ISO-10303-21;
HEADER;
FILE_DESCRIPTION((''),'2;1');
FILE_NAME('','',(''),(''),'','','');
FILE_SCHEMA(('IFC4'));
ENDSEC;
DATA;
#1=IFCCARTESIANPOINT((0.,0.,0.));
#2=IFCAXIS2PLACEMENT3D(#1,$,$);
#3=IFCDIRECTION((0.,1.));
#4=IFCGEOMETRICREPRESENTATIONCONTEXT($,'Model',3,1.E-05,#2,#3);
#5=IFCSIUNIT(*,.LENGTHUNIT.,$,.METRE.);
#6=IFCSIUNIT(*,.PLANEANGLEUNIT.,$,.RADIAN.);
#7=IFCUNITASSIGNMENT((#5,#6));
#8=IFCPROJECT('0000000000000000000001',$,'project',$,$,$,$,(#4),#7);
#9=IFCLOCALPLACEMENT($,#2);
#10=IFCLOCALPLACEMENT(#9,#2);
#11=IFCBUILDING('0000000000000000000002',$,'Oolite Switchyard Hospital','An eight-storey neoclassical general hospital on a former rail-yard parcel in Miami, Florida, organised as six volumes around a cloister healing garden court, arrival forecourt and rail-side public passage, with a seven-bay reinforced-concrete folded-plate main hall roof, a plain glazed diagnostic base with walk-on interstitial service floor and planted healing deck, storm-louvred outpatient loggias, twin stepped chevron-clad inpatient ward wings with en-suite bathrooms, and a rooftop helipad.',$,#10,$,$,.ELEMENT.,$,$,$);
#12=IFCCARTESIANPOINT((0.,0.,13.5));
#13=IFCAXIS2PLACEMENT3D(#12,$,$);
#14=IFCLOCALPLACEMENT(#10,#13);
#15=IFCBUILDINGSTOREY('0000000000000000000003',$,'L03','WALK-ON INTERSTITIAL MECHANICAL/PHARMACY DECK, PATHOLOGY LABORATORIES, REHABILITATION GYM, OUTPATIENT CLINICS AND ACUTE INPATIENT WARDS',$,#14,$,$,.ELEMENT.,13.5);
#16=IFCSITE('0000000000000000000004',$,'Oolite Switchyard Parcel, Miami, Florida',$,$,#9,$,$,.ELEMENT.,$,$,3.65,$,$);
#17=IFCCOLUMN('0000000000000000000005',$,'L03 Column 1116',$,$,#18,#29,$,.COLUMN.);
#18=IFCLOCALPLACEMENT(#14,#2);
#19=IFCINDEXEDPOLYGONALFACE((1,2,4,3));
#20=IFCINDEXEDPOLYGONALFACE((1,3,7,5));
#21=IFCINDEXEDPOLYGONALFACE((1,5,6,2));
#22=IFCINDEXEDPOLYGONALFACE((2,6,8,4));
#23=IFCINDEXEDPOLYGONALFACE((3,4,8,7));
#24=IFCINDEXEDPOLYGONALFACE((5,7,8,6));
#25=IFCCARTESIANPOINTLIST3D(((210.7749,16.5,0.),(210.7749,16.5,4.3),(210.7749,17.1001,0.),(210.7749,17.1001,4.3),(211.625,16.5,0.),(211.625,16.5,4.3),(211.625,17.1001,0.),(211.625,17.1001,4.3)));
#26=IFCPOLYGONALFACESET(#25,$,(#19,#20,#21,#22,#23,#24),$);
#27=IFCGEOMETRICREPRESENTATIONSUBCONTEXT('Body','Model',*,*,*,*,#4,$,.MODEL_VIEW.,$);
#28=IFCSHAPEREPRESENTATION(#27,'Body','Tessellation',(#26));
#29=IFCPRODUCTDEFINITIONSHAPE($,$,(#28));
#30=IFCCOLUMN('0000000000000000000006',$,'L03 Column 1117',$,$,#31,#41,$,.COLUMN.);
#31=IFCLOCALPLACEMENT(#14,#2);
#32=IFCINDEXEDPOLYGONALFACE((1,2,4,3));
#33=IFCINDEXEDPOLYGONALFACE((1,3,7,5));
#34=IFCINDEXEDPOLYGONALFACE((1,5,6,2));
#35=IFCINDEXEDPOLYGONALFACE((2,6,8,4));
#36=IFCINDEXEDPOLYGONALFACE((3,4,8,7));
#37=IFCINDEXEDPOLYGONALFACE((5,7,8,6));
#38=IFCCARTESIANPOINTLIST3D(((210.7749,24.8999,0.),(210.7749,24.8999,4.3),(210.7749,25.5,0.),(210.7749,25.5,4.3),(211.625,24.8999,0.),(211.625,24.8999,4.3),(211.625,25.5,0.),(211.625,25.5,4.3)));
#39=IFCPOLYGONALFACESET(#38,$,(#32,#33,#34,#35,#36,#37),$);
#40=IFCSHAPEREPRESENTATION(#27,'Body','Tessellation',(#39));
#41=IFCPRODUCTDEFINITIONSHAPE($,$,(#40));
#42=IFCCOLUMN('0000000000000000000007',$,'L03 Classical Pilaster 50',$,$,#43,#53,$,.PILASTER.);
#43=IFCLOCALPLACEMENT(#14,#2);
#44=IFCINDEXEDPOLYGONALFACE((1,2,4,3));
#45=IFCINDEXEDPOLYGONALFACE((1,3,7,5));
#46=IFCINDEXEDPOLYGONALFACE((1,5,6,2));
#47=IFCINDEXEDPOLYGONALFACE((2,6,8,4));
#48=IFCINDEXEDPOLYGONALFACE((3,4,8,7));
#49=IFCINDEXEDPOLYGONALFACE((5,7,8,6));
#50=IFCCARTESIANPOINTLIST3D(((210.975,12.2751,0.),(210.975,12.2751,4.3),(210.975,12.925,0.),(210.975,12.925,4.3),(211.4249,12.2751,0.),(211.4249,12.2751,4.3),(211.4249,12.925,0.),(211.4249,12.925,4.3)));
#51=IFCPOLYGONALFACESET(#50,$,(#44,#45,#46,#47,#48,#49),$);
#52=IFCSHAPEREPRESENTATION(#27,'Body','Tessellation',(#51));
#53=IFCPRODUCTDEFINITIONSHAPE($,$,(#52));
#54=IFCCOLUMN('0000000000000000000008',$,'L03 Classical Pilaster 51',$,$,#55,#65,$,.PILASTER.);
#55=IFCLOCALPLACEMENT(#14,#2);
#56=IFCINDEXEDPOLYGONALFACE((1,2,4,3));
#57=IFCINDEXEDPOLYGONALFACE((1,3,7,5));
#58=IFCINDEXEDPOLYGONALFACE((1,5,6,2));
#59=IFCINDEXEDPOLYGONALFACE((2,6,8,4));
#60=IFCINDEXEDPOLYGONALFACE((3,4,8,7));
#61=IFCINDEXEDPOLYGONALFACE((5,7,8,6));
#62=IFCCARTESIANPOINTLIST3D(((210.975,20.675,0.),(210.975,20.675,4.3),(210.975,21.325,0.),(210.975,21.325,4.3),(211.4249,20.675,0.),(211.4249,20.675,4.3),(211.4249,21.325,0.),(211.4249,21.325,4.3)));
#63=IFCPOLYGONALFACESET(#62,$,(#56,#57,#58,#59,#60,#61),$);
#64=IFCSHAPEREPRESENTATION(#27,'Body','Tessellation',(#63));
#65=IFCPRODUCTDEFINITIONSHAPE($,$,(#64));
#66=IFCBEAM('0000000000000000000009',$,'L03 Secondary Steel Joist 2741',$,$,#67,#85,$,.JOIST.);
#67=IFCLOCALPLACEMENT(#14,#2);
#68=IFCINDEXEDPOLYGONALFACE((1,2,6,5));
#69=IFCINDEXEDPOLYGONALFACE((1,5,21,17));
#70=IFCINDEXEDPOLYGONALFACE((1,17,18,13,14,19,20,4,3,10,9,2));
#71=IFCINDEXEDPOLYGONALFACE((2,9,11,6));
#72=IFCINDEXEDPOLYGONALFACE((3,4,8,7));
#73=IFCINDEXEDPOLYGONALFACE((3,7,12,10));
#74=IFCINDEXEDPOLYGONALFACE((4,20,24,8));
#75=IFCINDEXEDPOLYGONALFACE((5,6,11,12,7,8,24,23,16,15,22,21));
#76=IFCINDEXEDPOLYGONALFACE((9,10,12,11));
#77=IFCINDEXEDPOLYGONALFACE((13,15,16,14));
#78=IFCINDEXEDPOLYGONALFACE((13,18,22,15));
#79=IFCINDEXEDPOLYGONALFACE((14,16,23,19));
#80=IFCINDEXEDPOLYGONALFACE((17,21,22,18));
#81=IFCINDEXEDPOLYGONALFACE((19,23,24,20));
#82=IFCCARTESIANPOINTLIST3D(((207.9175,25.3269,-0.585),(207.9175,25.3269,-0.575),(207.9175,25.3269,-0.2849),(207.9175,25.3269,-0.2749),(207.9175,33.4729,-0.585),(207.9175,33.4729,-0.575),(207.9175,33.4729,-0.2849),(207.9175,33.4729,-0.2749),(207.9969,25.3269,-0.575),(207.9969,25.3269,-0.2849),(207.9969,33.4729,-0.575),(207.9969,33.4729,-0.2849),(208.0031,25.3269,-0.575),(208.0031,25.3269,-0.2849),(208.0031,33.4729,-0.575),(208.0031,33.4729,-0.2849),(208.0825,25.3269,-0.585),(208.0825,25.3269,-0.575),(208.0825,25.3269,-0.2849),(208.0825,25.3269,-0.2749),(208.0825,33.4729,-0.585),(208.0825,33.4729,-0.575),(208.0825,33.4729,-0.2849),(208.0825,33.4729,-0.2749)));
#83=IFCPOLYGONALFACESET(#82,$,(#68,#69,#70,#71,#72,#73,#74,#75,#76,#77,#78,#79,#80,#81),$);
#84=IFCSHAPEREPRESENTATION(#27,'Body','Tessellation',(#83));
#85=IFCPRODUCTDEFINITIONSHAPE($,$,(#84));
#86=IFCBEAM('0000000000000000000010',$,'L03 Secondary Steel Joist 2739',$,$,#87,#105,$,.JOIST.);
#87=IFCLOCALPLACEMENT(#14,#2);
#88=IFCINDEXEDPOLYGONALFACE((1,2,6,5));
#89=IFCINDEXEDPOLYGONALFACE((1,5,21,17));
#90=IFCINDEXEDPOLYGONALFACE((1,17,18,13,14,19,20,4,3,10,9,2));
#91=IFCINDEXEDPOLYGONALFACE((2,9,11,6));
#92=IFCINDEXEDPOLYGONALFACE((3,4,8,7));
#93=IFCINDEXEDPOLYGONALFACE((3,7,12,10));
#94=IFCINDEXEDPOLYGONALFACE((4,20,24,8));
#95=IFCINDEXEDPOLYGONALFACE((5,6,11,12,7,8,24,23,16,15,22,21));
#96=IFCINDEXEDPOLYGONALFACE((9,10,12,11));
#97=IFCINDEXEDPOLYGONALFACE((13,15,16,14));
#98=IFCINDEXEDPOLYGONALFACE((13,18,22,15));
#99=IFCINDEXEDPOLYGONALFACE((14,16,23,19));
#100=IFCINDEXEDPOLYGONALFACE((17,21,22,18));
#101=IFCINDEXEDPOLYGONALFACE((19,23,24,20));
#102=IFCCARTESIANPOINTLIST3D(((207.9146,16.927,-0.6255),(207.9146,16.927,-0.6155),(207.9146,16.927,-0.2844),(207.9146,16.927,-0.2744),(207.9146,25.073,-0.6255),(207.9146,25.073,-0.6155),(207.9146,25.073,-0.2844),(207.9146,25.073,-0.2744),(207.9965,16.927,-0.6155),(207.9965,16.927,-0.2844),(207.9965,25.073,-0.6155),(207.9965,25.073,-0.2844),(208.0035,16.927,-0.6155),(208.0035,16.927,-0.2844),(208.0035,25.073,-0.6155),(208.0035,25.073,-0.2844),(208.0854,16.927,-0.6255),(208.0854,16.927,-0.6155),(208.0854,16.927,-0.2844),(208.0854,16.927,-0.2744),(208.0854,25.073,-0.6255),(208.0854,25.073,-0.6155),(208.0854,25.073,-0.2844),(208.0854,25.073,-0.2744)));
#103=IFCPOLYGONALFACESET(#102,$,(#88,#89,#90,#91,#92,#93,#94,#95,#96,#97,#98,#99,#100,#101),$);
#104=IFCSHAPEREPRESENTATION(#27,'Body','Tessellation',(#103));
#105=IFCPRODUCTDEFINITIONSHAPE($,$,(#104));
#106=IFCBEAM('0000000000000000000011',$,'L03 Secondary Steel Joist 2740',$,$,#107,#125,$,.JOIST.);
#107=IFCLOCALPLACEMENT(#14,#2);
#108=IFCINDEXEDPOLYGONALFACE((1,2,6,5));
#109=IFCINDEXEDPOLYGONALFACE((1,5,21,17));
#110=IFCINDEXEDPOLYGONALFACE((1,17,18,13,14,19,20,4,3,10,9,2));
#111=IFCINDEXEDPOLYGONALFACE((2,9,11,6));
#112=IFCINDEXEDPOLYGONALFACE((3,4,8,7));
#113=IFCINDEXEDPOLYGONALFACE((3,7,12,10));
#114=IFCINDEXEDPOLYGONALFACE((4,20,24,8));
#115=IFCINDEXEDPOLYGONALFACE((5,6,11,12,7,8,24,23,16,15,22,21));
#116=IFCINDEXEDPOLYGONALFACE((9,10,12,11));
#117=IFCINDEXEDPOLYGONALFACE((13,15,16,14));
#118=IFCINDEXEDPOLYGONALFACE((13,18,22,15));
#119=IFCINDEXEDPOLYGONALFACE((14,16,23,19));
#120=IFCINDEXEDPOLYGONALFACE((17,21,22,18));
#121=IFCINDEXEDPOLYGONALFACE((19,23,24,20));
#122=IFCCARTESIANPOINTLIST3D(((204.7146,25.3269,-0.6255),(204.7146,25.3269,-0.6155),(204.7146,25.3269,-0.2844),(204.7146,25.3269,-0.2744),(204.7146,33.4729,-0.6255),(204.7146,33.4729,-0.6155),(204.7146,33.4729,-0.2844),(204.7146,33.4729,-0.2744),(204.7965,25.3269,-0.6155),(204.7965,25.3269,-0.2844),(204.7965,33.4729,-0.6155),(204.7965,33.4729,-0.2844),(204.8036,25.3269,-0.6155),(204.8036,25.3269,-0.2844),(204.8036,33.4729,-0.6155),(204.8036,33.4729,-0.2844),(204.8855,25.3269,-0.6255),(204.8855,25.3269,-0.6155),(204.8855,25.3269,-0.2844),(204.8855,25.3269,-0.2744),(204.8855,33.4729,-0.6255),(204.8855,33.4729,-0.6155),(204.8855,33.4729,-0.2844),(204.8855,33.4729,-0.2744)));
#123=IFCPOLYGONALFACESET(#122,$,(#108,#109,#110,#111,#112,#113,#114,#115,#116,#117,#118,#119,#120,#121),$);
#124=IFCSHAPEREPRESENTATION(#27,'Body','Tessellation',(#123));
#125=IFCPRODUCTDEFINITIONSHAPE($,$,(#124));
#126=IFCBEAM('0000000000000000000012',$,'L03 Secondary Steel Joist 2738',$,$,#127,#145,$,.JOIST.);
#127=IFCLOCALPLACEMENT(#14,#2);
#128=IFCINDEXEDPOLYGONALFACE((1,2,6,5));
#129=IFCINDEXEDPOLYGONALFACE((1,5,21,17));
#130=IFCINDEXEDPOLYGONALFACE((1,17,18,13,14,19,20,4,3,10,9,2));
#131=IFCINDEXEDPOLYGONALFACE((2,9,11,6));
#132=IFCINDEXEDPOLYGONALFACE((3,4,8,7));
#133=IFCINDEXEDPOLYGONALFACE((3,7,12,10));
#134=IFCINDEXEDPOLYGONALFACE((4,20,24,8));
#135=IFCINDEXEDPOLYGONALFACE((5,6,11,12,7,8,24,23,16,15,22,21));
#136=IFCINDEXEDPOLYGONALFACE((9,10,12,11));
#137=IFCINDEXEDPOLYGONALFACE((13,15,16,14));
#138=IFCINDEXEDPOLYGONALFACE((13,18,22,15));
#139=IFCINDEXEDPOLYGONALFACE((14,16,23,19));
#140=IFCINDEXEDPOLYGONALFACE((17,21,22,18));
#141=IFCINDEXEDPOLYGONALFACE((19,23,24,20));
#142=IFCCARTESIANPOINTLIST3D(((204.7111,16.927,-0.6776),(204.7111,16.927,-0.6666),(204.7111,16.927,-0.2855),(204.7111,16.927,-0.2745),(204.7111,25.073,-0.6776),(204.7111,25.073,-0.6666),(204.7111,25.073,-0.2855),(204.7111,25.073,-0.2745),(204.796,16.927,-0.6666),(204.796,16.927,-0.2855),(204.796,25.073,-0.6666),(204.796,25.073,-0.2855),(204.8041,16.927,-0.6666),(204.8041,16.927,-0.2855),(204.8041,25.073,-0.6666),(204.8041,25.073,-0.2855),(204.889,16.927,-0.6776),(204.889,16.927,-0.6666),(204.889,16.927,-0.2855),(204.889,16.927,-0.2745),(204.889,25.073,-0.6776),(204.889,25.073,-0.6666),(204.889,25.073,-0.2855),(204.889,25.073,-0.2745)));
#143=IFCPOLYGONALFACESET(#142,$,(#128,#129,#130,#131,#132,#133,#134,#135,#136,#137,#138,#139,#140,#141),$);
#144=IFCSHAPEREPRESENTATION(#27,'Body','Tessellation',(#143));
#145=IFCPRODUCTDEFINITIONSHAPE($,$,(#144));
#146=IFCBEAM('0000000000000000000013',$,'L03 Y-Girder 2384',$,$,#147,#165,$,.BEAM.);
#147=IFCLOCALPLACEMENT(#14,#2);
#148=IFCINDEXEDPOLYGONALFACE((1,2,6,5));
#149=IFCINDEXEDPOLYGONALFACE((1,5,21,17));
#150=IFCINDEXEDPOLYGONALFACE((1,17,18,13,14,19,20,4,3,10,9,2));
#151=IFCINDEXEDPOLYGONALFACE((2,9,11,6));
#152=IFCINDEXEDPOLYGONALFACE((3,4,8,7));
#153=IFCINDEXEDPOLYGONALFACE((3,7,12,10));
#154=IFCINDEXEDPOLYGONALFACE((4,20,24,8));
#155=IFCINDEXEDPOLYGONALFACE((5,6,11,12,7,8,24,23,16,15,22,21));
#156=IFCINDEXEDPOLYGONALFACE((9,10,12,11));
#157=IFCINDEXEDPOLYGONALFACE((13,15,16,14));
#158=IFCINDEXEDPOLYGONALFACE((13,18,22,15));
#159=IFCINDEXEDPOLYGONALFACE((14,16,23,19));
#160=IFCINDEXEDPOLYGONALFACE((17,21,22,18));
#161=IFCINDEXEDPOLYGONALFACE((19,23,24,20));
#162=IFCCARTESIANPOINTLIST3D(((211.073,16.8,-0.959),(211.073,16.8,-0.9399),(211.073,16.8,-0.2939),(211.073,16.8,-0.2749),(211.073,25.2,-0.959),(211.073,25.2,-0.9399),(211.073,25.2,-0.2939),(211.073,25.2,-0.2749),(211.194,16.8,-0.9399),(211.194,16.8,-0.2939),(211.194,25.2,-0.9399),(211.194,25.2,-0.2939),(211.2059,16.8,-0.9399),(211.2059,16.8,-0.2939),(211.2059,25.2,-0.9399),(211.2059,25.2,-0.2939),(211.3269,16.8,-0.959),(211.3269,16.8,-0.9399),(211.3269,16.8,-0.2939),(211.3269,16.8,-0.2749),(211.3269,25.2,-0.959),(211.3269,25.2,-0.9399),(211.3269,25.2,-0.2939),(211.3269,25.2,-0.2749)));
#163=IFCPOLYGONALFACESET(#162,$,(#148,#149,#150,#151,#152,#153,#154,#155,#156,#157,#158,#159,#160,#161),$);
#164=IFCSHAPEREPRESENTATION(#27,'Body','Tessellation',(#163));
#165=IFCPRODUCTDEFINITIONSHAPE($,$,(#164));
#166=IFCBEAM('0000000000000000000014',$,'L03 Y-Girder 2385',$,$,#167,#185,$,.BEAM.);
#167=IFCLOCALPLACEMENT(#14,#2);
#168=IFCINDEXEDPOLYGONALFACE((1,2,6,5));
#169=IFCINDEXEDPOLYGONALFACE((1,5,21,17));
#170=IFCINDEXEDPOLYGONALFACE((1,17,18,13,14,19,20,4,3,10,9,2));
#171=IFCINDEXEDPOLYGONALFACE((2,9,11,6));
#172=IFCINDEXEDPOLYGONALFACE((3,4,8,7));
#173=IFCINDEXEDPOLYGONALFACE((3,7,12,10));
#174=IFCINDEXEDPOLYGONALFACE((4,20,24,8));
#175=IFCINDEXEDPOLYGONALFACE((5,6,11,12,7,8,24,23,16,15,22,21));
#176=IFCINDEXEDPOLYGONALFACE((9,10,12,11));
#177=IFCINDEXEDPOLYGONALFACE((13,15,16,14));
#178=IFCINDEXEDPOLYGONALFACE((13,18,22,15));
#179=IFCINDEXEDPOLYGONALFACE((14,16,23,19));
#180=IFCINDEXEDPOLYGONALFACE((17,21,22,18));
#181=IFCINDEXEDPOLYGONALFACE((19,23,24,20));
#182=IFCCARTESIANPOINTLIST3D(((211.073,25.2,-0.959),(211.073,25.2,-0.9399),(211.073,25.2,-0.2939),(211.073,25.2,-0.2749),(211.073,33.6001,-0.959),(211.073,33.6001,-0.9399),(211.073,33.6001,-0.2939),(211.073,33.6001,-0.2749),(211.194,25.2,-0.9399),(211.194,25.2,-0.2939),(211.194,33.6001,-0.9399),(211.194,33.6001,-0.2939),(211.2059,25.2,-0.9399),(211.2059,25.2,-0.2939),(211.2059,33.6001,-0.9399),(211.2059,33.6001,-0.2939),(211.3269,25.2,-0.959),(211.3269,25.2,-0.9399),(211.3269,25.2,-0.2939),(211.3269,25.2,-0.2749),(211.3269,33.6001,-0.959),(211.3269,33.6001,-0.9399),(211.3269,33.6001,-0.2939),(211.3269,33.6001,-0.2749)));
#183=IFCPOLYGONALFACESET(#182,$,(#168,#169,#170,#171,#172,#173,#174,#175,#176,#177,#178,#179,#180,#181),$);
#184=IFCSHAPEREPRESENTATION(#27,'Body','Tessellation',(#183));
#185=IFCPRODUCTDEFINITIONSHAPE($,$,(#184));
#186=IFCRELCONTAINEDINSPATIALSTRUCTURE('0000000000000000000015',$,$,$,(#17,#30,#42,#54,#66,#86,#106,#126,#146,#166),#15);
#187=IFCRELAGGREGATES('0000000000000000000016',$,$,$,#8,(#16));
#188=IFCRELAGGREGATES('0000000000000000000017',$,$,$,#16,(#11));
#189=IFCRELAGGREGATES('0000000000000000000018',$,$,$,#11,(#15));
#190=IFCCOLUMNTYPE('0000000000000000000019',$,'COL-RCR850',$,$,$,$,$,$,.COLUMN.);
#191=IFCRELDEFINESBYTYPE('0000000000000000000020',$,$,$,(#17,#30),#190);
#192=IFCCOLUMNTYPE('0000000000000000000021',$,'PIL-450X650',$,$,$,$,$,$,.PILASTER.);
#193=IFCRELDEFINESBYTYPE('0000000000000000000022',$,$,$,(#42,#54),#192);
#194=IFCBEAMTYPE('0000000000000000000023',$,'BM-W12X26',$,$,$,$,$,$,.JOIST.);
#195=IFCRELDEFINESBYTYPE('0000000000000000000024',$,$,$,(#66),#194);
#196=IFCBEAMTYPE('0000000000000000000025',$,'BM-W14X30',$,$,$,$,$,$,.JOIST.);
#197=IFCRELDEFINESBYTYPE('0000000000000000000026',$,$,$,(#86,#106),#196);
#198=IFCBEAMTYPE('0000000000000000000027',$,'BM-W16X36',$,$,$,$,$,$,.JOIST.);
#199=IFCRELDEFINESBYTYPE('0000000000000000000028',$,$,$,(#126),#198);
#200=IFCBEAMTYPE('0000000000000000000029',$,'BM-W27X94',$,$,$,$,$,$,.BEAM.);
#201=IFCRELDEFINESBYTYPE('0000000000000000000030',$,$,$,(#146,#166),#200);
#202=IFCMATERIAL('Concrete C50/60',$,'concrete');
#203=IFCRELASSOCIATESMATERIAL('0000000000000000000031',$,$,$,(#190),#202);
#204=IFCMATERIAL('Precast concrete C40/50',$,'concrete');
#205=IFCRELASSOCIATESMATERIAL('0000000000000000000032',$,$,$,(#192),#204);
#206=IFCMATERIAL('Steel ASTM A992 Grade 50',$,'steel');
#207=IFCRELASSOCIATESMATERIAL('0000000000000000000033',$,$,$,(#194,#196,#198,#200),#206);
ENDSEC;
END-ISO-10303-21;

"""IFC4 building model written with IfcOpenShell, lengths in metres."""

from ifc_helpers import new_model, si_unit, direction, frame, origin, origin_2d, place, context, subcontext, project, spatial, rectangle, i_section, extrude, material, material_profile, profile_set, type_object, element, save


model = new_model("IFC4")

# Units and contexts
model_context = context("Model", 3, precision=1e-05, world=origin(), true_north=direction((0.0, 1.0)))
body_context = subcontext(model_context, "Body", "Model", "MODEL_VIEW")
ifc_project = project(units=[si_unit("LENGTHUNIT", "METRE"), si_unit("PLANEANGLEUNIT", "RADIAN")], contexts=[model_context])

# Site, building, storey
site_placement = place(None, origin())
site = spatial("IfcSite", under=ifc_project, at=site_placement, Name="Oolite Switchyard Parcel, Miami, Florida", CompositionType="ELEMENT", RefElevation=3.65)
building_placement = place(site_placement, origin())
building = spatial("IfcBuilding", under=site, at=building_placement, Name="Oolite Switchyard Hospital", Description="An eight-storey neoclassical general hospital on a former rail-yard parcel in Miami, Florida, organised as six volumes around a cloister healing garden court, arrival forecourt and rail-side public passage, with a seven-bay reinforced-concrete folded-plate main hall roof, a plain glazed diagnostic base with walk-on interstitial service floor and planted healing deck, storm-louvred outpatient loggias, twin stepped chevron-clad inpatient ward wings with en-suite bathrooms, and a rooftop helipad.", CompositionType="ELEMENT")
storey_placement = place(building_placement, frame((0.0, 0.0, 13.5)))
storey = spatial("IfcBuildingStorey", under=building, at=storey_placement, Name="L03", Description="WALK-ON INTERSTITIAL MECHANICAL/PHARMACY DECK, PATHOLOGY LABORATORIES, REHABILITATION GYM, OUTPATIENT CLINICS AND ACUTE INPATIENT WARDS", CompositionType="ELEMENT", Elevation=13.5)

# Columns
ifc_material_1 = material(Name="Concrete C50/60", Category="concrete")
ifc_material_profile_1 = material_profile(ifc_material_1, rectangle(XDim=0.8501, YDim=0.6001, at=origin_2d()), Name="RC850X600")
ifc_profile_set_1 = profile_set([ifc_material_profile_1], Name="Concrete C50/60")
column_type_1 = type_object("IfcColumnType", Name="COL-RCR850", PredefinedType="COLUMN", material=ifc_profile_set_1)
for number, where, z_axis, x_axis, name in (
    (1, (211.2, 16.8, 0.0), (0.0, 0.0, 1.0), (1.0, 0.0, 0.0), "L03 Column 1116"),
    (2, (211.2, 25.2, 0.0), (0.0, 0.0, 1.0), (1.0, 0.0, 0.0), "L03 Column 1117"),
):
    element("IfcColumn", number, at=place(storey_placement, frame(where, z_axis=z_axis, x_axis=x_axis)), inside=storey, type_object=column_type_1, Name=name, PredefinedType="COLUMN", context=body_context, shape_type="SweptSolid", body=[
        extrude(rectangle(XDim=0.8501, YDim=0.6001, at=origin_2d()), origin(), (0.0, 0.0, 1.0), 4.3),
    ])
ifc_material_2 = material(Name="Precast concrete C40/50", Category="concrete")
ifc_material_profile_2 = material_profile(ifc_material_2, rectangle(XDim=0.45, YDim=0.6499, at=origin_2d()), Name="PIL450X650")
ifc_profile_set_2 = profile_set([ifc_material_profile_2], Name="Precast concrete C40/50")
column_type_2 = type_object("IfcColumnType", Name="PIL-450X650", PredefinedType="PILASTER", material=ifc_profile_set_2)
for number, where, z_axis, x_axis, name in (
    (3, (211.2, 12.6001, 0.0), (0.0, 0.0, 1.0), (1.0, 0.0, 0.0), "L03 Classical Pilaster 50"),
    (4, (211.2, 21.0, 0.0), (0.0, 0.0, 1.0), (1.0, 0.0, 0.0), "L03 Classical Pilaster 51"),
):
    element("IfcColumn", number, at=place(storey_placement, frame(where, z_axis=z_axis, x_axis=x_axis)), inside=storey, type_object=column_type_2, Name=name, PredefinedType="PILASTER", context=body_context, shape_type="SweptSolid", body=[
        extrude(rectangle(XDim=0.45, YDim=0.6499, at=origin_2d()), origin(), (0.0, 0.0, 1.0), 4.3),
    ])

# Beams
ifc_material_3 = material(Name="Steel ASTM A992 Grade 50", Category="steel")
ifc_material_profile_3 = material_profile(ifc_material_3, i_section(OverallWidth=0.165, OverallDepth=0.3101, WebThickness=0.0061, FlangeThickness=0.01, at=origin_2d()), Name="W12X26")
ifc_profile_set_3 = profile_set([ifc_material_profile_3], Name="Steel ASTM A992 Grade 50")
beam_type_1 = type_object("IfcBeamType", Name="BM-W12X26", PredefinedType="JOIST", material=ifc_profile_set_3)
beam_1_placement = place(storey_placement, frame((208.0, 25.3269, -0.4299), z_axis=(0.0, 1.0, 0.0), x_axis=(-1.0, 0.0, 0.0)))
element("IfcBeam", 5, at=beam_1_placement, inside=storey, type_object=beam_type_1, Name="L03 Secondary Steel Joist 2741", PredefinedType="JOIST", context=body_context, shape_type="SweptSolid", body=[
    extrude(i_section(OverallWidth=0.165, OverallDepth=0.3101, WebThickness=0.0061, FlangeThickness=0.01, at=origin_2d()), origin(), (0.0, 0.0, 1.0), 8.146),
])
ifc_material_profile_4 = material_profile(ifc_material_3, i_section(OverallWidth=0.1709, OverallDepth=0.3511, WebThickness=0.0071, FlangeThickness=0.01, at=origin_2d()), Name="W14X30")
ifc_profile_set_4 = profile_set([ifc_material_profile_4], Name="Steel ASTM A992 Grade 50")
beam_type_2 = type_object("IfcBeamType", Name="BM-W14X30", PredefinedType="JOIST", material=ifc_profile_set_4)
for number, where, z_axis, x_axis, name in (
    (6, (208.0, 16.927, -0.45), (0.0, 1.0, 0.0), (-1.0, 0.0, 0.0), "L03 Secondary Steel Joist 2739"),
    (7, (204.8, 25.3269, -0.45), (0.0, 1.0, 0.0), (-1.0, 0.0, 0.0), "L03 Secondary Steel Joist 2740"),
):
    element("IfcBeam", number, at=place(storey_placement, frame(where, z_axis=z_axis, x_axis=x_axis)), inside=storey, type_object=beam_type_2, Name=name, PredefinedType="JOIST", context=body_context, shape_type="SweptSolid", body=[
        extrude(i_section(OverallWidth=0.1709, OverallDepth=0.3511, WebThickness=0.0071, FlangeThickness=0.01, at=origin_2d()), origin(), (0.0, 0.0, 1.0), 8.146),
    ])
ifc_material_profile_5 = material_profile(ifc_material_3, i_section(OverallWidth=0.178, OverallDepth=0.4031, WebThickness=0.0081, FlangeThickness=0.011, at=origin_2d()), Name="W16X36")
ifc_profile_set_5 = profile_set([ifc_material_profile_5], Name="Steel ASTM A992 Grade 50")
beam_type_3 = type_object("IfcBeamType", Name="BM-W16X36", PredefinedType="JOIST", material=ifc_profile_set_5)
beam_2_placement = place(storey_placement, frame((204.8, 16.927, -0.4761), z_axis=(0.0, 1.0, 0.0), x_axis=(-1.0, 0.0, 0.0)))
element("IfcBeam", 8, at=beam_2_placement, inside=storey, type_object=beam_type_3, Name="L03 Secondary Steel Joist 2738", PredefinedType="JOIST", context=body_context, shape_type="SweptSolid", body=[
    extrude(i_section(OverallWidth=0.178, OverallDepth=0.4031, WebThickness=0.0081, FlangeThickness=0.011, at=origin_2d()), origin(), (0.0, 0.0, 1.0), 8.146),
])
ifc_material_profile_6 = material_profile(ifc_material_3, i_section(OverallWidth=0.2539, OverallDepth=0.6841, WebThickness=0.012, FlangeThickness=0.019, at=origin_2d()), Name="W27X94")
ifc_profile_set_6 = profile_set([ifc_material_profile_6], Name="Steel ASTM A992 Grade 50")
beam_type_4 = type_object("IfcBeamType", Name="BM-W27X94", PredefinedType="BEAM", material=ifc_profile_set_6)
beam_3_placement = place(storey_placement, frame((211.2, 16.8, -0.6169), z_axis=(0.0, 1.0, 0.0), x_axis=(-1.0, 0.0, 0.0)))
element("IfcBeam", 9, at=beam_3_placement, inside=storey, type_object=beam_type_4, Name="L03 Y-Girder 2384", PredefinedType="BEAM", context=body_context, shape_type="SweptSolid", body=[
    extrude(i_section(OverallWidth=0.2539, OverallDepth=0.6841, WebThickness=0.012, FlangeThickness=0.019, at=origin_2d()), origin(), (0.0, 0.0, 1.0), 8.3999),
])
beam_4_placement = place(storey_placement, frame((211.2, 25.2, -0.6169), z_axis=(0.0, 1.0, 0.0), x_axis=(-1.0, 0.0, 0.0)))
element("IfcBeam", 10, at=beam_4_placement, inside=storey, type_object=beam_type_4, Name="L03 Y-Girder 2385", PredefinedType="BEAM", context=body_context, shape_type="SweptSolid", body=[
    extrude(i_section(OverallWidth=0.2539, OverallDepth=0.6841, WebThickness=0.012, FlangeThickness=0.019, at=origin_2d()), origin(), (0.0, 0.0, 1.0), 8.4001),
])

save(model, "model.ifc")
